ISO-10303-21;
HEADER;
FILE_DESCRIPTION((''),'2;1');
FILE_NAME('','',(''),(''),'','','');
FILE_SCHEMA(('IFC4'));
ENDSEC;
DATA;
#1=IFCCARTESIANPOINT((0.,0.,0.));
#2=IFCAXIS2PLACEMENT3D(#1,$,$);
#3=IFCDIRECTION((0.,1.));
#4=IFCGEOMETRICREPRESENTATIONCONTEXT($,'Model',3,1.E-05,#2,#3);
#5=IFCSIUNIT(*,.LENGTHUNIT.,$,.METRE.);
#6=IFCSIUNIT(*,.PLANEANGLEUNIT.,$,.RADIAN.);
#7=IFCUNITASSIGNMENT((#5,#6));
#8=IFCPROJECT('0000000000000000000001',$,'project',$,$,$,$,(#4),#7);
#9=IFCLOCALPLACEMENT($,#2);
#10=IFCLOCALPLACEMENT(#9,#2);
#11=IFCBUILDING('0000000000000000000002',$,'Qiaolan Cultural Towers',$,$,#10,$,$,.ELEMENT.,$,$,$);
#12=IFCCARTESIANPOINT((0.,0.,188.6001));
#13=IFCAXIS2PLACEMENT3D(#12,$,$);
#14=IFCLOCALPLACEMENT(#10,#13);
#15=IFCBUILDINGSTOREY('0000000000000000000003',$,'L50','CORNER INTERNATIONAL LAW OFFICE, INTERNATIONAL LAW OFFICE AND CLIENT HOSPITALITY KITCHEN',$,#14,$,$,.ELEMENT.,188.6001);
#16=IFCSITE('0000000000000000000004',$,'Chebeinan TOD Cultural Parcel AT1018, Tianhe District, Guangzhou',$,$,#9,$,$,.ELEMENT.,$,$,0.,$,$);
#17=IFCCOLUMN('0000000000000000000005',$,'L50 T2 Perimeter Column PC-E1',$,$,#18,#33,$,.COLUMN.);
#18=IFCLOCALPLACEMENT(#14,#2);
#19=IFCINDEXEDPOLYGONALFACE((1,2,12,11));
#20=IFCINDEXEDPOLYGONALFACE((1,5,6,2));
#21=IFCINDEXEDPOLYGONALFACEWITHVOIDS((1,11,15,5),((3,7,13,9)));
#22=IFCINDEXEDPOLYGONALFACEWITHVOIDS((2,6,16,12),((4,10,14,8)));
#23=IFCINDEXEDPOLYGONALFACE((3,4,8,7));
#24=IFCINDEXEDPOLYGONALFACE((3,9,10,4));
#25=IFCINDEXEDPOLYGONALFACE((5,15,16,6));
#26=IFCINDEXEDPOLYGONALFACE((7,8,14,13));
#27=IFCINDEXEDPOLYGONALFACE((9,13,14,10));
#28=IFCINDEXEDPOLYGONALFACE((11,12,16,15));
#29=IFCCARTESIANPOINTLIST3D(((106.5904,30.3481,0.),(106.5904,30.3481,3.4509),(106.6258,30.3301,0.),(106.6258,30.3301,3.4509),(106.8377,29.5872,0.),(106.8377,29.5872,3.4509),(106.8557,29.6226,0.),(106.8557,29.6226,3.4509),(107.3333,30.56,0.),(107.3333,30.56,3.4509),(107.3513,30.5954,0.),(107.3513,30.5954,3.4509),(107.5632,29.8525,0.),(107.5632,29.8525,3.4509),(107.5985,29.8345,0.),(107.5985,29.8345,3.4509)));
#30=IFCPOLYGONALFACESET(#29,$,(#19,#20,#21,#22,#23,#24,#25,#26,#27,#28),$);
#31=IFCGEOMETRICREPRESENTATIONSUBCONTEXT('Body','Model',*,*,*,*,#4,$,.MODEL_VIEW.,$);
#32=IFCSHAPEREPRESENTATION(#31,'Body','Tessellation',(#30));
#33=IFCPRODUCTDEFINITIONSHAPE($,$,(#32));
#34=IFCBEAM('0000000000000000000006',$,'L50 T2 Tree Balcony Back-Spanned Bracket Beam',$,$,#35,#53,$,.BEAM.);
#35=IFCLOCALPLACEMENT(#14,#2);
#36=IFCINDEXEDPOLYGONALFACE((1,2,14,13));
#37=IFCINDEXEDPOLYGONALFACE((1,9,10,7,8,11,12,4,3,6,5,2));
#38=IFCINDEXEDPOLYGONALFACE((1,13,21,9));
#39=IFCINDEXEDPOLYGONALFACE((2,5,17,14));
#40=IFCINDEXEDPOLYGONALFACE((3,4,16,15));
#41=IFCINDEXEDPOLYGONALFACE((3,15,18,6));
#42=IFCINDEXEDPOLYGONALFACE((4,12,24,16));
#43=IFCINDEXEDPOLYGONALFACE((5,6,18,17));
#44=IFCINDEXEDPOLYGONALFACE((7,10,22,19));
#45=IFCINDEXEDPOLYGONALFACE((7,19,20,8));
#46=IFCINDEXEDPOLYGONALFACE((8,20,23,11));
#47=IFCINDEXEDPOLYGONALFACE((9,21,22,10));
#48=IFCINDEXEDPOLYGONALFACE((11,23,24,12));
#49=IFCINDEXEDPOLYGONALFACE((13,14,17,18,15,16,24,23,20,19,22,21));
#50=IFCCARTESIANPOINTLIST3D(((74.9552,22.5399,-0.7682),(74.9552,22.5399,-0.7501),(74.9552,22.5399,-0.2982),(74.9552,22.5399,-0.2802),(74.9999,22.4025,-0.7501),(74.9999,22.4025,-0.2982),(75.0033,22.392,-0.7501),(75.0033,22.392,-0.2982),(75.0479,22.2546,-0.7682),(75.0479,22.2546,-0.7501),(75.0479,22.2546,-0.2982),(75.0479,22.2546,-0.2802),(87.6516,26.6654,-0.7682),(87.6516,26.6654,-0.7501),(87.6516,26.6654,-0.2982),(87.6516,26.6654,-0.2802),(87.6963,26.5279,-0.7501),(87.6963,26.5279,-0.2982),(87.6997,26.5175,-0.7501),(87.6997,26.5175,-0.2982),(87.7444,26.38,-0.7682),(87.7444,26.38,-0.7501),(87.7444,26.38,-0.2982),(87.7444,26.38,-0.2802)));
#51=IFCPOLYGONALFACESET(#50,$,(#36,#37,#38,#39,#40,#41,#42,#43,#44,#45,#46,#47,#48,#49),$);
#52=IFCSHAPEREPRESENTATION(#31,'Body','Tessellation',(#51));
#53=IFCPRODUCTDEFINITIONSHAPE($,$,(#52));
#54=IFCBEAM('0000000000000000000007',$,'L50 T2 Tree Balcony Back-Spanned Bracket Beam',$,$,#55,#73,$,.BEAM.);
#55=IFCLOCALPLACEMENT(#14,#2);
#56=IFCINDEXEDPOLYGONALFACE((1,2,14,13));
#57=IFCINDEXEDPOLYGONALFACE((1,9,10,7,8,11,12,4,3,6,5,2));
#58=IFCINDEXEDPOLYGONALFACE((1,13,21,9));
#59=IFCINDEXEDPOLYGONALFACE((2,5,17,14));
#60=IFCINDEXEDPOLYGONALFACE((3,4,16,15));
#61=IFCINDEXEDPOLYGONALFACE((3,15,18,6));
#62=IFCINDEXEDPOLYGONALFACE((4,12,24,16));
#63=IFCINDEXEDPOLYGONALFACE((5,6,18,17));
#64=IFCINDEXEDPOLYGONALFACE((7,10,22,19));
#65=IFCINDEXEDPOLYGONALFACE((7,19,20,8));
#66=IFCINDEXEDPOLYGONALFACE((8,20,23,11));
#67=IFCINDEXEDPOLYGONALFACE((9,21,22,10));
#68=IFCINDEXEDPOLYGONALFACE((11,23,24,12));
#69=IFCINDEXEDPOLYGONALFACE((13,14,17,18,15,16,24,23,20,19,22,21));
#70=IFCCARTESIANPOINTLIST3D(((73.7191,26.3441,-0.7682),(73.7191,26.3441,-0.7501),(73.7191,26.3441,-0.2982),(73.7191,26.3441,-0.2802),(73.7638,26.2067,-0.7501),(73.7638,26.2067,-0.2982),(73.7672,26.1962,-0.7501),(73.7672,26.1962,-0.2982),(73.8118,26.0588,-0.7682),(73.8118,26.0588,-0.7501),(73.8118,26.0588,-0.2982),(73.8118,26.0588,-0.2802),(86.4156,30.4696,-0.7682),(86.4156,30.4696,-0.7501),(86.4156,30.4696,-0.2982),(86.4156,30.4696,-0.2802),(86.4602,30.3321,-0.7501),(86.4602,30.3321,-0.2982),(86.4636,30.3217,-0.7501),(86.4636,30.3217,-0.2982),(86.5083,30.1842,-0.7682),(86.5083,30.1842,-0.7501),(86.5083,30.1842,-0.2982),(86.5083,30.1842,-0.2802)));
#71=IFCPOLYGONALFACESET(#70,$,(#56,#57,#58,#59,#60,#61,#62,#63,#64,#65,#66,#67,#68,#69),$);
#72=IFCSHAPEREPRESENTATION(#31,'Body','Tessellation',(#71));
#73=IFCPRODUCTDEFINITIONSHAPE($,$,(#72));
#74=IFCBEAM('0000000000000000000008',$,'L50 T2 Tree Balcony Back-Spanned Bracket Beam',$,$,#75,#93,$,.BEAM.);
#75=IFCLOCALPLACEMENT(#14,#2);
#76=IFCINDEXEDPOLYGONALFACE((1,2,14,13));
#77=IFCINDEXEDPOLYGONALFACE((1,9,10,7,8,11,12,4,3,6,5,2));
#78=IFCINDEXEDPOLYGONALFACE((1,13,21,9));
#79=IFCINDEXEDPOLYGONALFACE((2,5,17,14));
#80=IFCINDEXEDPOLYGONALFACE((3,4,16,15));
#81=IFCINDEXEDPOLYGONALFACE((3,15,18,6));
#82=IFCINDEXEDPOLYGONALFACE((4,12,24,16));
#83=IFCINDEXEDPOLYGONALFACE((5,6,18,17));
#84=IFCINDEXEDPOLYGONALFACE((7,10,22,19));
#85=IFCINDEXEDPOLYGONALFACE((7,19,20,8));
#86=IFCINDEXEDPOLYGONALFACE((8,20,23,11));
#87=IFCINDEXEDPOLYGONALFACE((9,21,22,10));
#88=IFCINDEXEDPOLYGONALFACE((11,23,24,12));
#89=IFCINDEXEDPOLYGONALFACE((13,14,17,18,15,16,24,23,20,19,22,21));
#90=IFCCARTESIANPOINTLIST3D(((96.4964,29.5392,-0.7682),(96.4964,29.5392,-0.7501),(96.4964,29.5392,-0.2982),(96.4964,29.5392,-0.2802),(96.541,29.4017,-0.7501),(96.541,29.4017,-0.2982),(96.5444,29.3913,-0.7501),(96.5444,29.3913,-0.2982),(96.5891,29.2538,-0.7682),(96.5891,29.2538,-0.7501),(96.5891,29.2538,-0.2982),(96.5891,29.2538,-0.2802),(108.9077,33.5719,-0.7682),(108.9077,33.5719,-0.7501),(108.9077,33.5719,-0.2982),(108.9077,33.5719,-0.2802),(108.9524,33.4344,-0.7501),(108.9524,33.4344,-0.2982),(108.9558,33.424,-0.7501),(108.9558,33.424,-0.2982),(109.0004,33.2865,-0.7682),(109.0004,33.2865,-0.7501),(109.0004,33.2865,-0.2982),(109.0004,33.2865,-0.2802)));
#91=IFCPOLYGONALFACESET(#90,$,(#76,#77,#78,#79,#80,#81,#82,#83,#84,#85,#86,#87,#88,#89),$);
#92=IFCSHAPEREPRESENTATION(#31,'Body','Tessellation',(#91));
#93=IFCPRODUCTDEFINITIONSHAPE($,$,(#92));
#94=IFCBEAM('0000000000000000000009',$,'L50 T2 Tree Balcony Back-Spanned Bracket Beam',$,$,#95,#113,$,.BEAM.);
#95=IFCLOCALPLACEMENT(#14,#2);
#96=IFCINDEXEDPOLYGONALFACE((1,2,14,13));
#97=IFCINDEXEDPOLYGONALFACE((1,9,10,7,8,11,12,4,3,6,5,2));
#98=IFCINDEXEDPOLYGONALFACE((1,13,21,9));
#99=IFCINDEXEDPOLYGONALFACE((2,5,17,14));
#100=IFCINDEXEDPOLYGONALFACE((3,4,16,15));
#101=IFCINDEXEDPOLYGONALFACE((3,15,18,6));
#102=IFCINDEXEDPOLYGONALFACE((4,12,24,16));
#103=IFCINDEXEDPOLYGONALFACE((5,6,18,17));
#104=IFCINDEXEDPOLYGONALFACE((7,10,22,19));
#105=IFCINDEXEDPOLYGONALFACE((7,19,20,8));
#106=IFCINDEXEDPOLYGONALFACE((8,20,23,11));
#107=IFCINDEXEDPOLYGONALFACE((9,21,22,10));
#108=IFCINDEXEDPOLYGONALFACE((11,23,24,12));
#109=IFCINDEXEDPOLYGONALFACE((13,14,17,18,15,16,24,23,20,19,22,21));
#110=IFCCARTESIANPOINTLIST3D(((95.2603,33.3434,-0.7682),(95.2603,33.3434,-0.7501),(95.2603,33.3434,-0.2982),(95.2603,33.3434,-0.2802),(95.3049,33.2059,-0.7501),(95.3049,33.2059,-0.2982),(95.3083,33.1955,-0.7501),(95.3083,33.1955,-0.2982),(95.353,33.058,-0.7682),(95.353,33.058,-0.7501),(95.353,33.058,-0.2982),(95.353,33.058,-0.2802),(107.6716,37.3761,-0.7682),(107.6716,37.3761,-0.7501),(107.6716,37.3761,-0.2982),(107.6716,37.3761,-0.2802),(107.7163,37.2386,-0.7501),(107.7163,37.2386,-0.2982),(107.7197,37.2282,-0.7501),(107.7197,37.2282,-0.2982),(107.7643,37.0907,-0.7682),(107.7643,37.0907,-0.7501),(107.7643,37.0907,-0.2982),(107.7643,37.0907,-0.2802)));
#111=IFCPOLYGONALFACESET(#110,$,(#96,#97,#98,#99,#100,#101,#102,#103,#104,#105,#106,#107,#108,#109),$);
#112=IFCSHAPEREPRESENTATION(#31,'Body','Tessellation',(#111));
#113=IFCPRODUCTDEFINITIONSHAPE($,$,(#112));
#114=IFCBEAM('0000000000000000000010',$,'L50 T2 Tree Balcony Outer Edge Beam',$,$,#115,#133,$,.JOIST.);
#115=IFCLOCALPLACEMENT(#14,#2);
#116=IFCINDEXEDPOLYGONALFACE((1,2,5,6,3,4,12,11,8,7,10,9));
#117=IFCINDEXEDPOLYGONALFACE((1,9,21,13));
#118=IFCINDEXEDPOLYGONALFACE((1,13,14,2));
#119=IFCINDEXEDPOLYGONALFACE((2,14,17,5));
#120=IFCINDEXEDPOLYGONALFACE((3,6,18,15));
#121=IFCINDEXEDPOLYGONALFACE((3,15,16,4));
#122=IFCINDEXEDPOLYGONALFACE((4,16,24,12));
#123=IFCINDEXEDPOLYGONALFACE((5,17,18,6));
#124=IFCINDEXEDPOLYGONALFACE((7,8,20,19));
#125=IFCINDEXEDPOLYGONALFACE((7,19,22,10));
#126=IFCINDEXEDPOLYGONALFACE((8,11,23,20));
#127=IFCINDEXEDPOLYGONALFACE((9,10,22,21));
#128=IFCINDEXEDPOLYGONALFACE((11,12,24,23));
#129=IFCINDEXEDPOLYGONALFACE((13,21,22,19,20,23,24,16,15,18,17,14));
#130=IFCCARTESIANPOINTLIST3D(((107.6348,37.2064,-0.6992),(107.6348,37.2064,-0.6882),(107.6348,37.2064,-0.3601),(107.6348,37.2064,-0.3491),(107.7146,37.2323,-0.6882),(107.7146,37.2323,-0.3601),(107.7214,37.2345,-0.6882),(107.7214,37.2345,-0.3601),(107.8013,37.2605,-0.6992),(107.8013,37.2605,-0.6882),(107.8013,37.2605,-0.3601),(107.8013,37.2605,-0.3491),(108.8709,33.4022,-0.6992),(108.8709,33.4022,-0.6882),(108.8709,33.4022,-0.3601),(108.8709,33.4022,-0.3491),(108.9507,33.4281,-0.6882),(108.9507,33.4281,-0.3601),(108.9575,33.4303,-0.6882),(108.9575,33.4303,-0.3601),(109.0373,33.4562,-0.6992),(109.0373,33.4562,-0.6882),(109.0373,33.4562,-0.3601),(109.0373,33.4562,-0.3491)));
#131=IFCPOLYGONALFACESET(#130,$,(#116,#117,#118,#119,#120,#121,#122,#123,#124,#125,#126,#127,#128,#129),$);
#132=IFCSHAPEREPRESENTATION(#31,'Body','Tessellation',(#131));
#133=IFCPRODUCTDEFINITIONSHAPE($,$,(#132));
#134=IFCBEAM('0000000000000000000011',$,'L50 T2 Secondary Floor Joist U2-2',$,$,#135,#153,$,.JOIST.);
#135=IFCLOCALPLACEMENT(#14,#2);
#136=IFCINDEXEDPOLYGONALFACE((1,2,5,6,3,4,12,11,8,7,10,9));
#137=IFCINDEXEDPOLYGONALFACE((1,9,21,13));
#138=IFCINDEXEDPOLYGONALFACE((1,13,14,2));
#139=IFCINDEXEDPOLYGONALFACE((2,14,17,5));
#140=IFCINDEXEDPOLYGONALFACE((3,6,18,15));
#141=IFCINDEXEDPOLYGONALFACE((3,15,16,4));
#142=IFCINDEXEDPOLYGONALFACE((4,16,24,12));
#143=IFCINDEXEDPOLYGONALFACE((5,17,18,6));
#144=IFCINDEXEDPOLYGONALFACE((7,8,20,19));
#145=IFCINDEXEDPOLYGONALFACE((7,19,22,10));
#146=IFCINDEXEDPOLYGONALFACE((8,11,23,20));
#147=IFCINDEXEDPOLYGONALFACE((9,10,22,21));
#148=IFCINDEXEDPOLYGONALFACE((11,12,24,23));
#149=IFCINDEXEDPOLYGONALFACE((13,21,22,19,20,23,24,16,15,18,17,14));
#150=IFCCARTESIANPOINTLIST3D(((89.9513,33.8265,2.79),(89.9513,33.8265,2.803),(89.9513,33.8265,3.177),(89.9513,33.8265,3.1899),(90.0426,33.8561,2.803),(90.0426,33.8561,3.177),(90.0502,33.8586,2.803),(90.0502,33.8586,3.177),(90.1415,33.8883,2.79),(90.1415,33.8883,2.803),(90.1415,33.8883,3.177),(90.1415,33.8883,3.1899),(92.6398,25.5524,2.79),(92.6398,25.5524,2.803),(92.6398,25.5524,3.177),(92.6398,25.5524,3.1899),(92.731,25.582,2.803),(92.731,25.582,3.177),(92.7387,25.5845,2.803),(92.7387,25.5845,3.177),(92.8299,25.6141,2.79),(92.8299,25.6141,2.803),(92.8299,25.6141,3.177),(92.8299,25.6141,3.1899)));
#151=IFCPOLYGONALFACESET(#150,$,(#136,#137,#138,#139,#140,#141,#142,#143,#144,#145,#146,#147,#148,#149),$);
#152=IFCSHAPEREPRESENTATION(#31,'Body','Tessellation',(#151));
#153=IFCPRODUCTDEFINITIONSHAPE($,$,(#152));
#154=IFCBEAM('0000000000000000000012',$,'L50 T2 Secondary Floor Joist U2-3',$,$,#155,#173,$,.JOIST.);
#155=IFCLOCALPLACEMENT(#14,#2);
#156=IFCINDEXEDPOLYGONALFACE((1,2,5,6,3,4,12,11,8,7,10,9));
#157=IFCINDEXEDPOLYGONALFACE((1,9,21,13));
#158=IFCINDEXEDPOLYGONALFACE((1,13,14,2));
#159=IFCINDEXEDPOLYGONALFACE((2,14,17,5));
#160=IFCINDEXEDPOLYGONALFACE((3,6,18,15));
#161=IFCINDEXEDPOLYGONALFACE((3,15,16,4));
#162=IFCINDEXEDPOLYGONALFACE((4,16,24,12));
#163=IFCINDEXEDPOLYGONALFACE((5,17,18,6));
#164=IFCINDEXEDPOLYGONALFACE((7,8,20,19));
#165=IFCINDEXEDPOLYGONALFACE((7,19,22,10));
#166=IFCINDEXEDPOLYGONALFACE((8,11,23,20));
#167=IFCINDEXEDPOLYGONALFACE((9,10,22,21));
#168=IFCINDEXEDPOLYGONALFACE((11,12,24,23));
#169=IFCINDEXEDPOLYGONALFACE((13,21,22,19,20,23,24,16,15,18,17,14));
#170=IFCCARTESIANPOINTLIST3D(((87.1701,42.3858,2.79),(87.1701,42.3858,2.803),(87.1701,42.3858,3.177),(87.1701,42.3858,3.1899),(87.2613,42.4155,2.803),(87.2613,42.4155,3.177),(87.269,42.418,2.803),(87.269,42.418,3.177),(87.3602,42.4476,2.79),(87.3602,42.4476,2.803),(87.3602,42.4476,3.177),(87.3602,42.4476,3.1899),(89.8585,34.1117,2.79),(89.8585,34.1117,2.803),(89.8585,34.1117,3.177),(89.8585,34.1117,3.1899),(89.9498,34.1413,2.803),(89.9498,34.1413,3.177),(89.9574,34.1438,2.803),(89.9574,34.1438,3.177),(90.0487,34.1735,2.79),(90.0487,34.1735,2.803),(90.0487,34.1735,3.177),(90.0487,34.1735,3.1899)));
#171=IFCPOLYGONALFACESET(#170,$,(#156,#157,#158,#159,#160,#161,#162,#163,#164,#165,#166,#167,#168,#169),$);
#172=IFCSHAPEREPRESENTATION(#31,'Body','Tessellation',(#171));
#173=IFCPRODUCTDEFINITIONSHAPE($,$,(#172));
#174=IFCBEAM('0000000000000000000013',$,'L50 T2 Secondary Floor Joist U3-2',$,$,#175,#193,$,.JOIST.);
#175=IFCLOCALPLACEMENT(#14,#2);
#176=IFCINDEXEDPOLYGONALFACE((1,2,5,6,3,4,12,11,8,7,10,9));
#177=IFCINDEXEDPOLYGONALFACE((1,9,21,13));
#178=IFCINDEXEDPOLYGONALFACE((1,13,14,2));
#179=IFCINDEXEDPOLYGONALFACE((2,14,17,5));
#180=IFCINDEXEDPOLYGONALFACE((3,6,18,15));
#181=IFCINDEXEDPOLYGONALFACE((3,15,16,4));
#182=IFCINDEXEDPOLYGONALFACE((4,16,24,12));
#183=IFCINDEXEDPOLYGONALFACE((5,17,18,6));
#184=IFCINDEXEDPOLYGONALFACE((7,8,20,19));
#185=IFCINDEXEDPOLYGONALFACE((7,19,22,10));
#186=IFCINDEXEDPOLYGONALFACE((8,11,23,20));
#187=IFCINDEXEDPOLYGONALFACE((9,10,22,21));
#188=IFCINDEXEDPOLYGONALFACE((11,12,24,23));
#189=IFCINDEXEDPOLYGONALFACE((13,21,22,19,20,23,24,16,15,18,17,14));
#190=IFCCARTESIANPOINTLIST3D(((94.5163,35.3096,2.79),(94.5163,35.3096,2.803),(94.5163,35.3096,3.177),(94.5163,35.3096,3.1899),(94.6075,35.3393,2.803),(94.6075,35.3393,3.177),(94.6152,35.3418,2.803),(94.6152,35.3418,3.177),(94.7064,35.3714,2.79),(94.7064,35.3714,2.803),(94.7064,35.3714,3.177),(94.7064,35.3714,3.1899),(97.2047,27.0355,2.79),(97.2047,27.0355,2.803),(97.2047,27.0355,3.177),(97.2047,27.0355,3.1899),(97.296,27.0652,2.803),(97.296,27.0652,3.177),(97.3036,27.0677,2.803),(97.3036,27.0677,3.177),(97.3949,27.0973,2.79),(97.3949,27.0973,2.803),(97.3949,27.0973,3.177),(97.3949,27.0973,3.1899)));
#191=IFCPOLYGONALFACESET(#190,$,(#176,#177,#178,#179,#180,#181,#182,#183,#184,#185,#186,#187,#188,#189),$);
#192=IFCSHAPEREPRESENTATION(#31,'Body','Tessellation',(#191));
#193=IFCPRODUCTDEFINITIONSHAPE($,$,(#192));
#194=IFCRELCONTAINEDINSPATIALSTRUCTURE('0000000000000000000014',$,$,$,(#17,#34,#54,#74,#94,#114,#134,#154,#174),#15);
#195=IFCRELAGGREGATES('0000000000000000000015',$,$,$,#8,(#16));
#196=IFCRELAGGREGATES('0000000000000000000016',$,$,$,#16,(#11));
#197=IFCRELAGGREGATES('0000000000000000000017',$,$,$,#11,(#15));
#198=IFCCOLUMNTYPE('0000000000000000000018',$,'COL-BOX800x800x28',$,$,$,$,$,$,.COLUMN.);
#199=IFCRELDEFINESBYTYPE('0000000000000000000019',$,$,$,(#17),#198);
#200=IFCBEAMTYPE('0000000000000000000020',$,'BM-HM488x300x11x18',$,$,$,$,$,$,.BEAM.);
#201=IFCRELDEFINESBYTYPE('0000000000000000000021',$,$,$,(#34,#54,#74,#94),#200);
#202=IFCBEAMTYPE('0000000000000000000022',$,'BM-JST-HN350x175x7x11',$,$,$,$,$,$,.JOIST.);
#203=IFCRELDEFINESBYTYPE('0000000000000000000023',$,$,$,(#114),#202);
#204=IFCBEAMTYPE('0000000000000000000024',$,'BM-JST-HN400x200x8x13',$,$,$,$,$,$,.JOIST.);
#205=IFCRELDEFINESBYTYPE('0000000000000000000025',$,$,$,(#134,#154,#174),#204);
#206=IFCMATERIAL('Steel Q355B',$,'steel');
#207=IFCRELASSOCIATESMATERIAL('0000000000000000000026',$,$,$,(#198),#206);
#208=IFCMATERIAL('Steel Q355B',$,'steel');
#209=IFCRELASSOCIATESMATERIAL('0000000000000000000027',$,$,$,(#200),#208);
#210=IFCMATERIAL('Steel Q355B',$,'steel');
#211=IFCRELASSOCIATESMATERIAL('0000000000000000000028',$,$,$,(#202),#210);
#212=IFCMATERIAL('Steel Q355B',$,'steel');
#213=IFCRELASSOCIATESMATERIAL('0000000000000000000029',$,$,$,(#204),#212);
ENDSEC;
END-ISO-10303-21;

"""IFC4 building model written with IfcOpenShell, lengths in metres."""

from ifc_helpers import new_model, si_unit, direction, frame, origin, origin_2d, place, context, subcontext, project, spatial, hollow_rectangle, i_section, extrude, material, material_profile, profile_set, type_object, element, save


model = new_model("IFC4")

# Units and contexts
model_context = context("Model", 3, precision=1e-05, world=origin(), true_north=direction((0.0, 1.0)))
body_context = subcontext(model_context, "Body", "Model", "MODEL_VIEW")
ifc_project = project(units=[si_unit("LENGTHUNIT", "METRE"), si_unit("PLANEANGLEUNIT", "RADIAN")], contexts=[model_context])

# Site, building, storey
site_placement = place(None, origin())
site = spatial("IfcSite", under=ifc_project, at=site_placement, Name="Chebeinan TOD Cultural Parcel AT1018, Tianhe District, Guangzhou", CompositionType="ELEMENT", RefElevation=0.0)
building_placement = place(site_placement, origin())
building = spatial("IfcBuilding", under=site, at=building_placement, Name="Qiaolan Cultural Towers", CompositionType="ELEMENT")
storey_placement = place(building_placement, frame((0.0, 0.0, 188.6001)))
storey = spatial("IfcBuildingStorey", under=building, at=storey_placement, Name="L50", Description="CORNER INTERNATIONAL LAW OFFICE, INTERNATIONAL LAW OFFICE AND CLIENT HOSPITALITY KITCHEN", CompositionType="ELEMENT", Elevation=188.6001)

# Column
ifc_material_1 = material(Name="Steel Q355B", Category="steel")
ifc_material_profile_1 = material_profile(ifc_material_1, hollow_rectangle(XDim=0.8, YDim=0.8, WallThickness=0.0281, at=origin_2d()), Name="BOX800x800x28")
ifc_profile_set_1 = profile_set([ifc_material_profile_1], Name="Steel Q355B")
column_type = type_object("IfcColumnType", Name="COL-BOX800x800x28", PredefinedType="COLUMN", material=ifc_profile_set_1)
column_placement = place(storey_placement, frame((107.0945, 30.0913, 0.0), z_axis=(0.0, 0.0, 1.0), x_axis=(0.951057, 0.309017, 0.0)))
element("IfcColumn", 1, at=column_placement, inside=storey, type_object=column_type, Name="L50 T2 Perimeter Column PC-E1", PredefinedType="COLUMN", context=body_context, shape_type="SweptSolid", body=[
    extrude(hollow_rectangle(XDim=0.8, YDim=0.8, WallThickness=0.0281, at=origin_2d()), origin(), (0.0, 0.0, 1.0), 3.4509),
])

# Beams
ifc_material_2 = material(Name="Steel Q355B", Category="steel")
ifc_material_profile_2 = material_profile(ifc_material_2, i_section(OverallWidth=0.3, OverallDepth=0.488, WebThickness=0.011, FlangeThickness=0.0181, at=origin_2d()), Name="HM488x300x11x18")
ifc_profile_set_2 = profile_set([ifc_material_profile_2], Name="Steel Q355B")
beam_type_1 = type_object("IfcBeamType", Name="BM-HM488x300x11x18", PredefinedType="BEAM", material=ifc_profile_set_2)
for number, where, z_axis, x_axis, name in (
    (2, (87.698, 26.5227, -0.5242), (-0.951054, -0.309026, 0.0), (0.309026, -0.951054, 0.0), "L50 T2 Tree Balcony Back-Spanned Bracket Beam"),
    (3, (86.4619, 30.3269, -0.5242), (-0.951054, -0.309026, 0.0), (0.309026, -0.951054, 0.0), "L50 T2 Tree Balcony Back-Spanned Bracket Beam"),
):
    element("IfcBeam", number, at=place(storey_placement, frame(where, z_axis=z_axis, x_axis=x_axis)), inside=storey, type_object=beam_type_1, Name=name, PredefinedType="BEAM", context=body_context, shape_type="SweptSolid", body=[
        extrude(i_section(OverallWidth=0.3, OverallDepth=0.488, WebThickness=0.011, FlangeThickness=0.0181, at=origin_2d()), origin(), (0.0, 0.0, 1.0), 13.3499),
    ])
for number, where, z_axis, x_axis, name in (
    (4, (96.5427, 29.3965, -0.5242), (0.951056, 0.309018, 0.0), (-0.309018, 0.951056, 0.0), "L50 T2 Tree Balcony Back-Spanned Bracket Beam"),
    (5, (95.3066, 33.2007, -0.5242), (0.951056, 0.309018, 0.0), (-0.309018, 0.951056, 0.0), "L50 T2 Tree Balcony Back-Spanned Bracket Beam"),
):
    element("IfcBeam", number, at=place(storey_placement, frame(where, z_axis=z_axis, x_axis=x_axis)), inside=storey, type_object=beam_type_1, Name=name, PredefinedType="BEAM", context=body_context, shape_type="SweptSolid", body=[
        extrude(i_section(OverallWidth=0.3, OverallDepth=0.488, WebThickness=0.011, FlangeThickness=0.0181, at=origin_2d()), origin(), (0.0, 0.0, 1.0), 13.05),
    ])
ifc_material_3 = material(Name="Steel Q355B", Category="steel")
ifc_material_profile_3 = material_profile(ifc_material_3, i_section(OverallWidth=0.175, OverallDepth=0.3501, WebThickness=0.0071, FlangeThickness=0.011, at=origin_2d()), Name="HN350x175x7x11")
ifc_profile_set_3 = profile_set([ifc_material_profile_3], Name="Steel Q355B")
beam_type_2 = type_object("IfcBeamType", Name="BM-JST-HN350x175x7x11", PredefinedType="JOIST", material=ifc_profile_set_3)
beam_1_placement = place(storey_placement, frame((108.9541, 33.4292, -0.5242), z_axis=(-0.309023, 0.951055, 0.0), x_axis=(-0.951055, -0.309023, 0.0)))
element("IfcBeam", 6, at=beam_1_placement, inside=storey, type_object=beam_type_2, Name="L50 T2 Tree Balcony Outer Edge Beam", PredefinedType="JOIST", context=body_context, shape_type="SweptSolid", body=[
    extrude(i_section(OverallWidth=0.175, OverallDepth=0.3501, WebThickness=0.0071, FlangeThickness=0.011, at=origin_2d()), origin(), (0.0, 0.0, 1.0), 4.0),
])
ifc_material_4 = material(Name="Steel Q355B", Category="steel")
ifc_material_profile_4 = material_profile(ifc_material_4, i_section(OverallWidth=0.2, OverallDepth=0.3999, WebThickness=0.0081, FlangeThickness=0.0129, at=origin_2d()), Name="HN400x200x8x13")
ifc_profile_set_4 = profile_set([ifc_material_profile_4], Name="Steel Q355B")
beam_type_3 = type_object("IfcBeamType", Name="BM-JST-HN400x200x8x13", PredefinedType="JOIST", material=ifc_profile_set_4)
for number, where, z_axis, x_axis, name in (
    (7, (92.7349, 25.5833, 2.99), (-0.309021, 0.951055, 0.0), (-0.951055, -0.309021, 0.0), "L50 T2 Secondary Floor Joist U2-2"),
    (8, (89.9536, 34.1426, 2.99), (-0.309021, 0.951055, 0.0), (-0.951055, -0.309021, 0.0), "L50 T2 Secondary Floor Joist U2-3"),
    (9, (97.2998, 27.0664, 2.99), (-0.309021, 0.951055, 0.0), (-0.951055, -0.309021, 0.0), "L50 T2 Secondary Floor Joist U3-2"),
):
    element("IfcBeam", number, at=place(storey_placement, frame(where, z_axis=z_axis, x_axis=x_axis)), inside=storey, type_object=beam_type_3, Name=name, PredefinedType="JOIST", context=body_context, shape_type="SweptSolid", body=[
        extrude(i_section(OverallWidth=0.2, OverallDepth=0.3999, WebThickness=0.0081, FlangeThickness=0.0129, at=origin_2d()), origin(), (0.0, 0.0, 1.0), 8.7),
    ])

save(model, "model.ifc")
